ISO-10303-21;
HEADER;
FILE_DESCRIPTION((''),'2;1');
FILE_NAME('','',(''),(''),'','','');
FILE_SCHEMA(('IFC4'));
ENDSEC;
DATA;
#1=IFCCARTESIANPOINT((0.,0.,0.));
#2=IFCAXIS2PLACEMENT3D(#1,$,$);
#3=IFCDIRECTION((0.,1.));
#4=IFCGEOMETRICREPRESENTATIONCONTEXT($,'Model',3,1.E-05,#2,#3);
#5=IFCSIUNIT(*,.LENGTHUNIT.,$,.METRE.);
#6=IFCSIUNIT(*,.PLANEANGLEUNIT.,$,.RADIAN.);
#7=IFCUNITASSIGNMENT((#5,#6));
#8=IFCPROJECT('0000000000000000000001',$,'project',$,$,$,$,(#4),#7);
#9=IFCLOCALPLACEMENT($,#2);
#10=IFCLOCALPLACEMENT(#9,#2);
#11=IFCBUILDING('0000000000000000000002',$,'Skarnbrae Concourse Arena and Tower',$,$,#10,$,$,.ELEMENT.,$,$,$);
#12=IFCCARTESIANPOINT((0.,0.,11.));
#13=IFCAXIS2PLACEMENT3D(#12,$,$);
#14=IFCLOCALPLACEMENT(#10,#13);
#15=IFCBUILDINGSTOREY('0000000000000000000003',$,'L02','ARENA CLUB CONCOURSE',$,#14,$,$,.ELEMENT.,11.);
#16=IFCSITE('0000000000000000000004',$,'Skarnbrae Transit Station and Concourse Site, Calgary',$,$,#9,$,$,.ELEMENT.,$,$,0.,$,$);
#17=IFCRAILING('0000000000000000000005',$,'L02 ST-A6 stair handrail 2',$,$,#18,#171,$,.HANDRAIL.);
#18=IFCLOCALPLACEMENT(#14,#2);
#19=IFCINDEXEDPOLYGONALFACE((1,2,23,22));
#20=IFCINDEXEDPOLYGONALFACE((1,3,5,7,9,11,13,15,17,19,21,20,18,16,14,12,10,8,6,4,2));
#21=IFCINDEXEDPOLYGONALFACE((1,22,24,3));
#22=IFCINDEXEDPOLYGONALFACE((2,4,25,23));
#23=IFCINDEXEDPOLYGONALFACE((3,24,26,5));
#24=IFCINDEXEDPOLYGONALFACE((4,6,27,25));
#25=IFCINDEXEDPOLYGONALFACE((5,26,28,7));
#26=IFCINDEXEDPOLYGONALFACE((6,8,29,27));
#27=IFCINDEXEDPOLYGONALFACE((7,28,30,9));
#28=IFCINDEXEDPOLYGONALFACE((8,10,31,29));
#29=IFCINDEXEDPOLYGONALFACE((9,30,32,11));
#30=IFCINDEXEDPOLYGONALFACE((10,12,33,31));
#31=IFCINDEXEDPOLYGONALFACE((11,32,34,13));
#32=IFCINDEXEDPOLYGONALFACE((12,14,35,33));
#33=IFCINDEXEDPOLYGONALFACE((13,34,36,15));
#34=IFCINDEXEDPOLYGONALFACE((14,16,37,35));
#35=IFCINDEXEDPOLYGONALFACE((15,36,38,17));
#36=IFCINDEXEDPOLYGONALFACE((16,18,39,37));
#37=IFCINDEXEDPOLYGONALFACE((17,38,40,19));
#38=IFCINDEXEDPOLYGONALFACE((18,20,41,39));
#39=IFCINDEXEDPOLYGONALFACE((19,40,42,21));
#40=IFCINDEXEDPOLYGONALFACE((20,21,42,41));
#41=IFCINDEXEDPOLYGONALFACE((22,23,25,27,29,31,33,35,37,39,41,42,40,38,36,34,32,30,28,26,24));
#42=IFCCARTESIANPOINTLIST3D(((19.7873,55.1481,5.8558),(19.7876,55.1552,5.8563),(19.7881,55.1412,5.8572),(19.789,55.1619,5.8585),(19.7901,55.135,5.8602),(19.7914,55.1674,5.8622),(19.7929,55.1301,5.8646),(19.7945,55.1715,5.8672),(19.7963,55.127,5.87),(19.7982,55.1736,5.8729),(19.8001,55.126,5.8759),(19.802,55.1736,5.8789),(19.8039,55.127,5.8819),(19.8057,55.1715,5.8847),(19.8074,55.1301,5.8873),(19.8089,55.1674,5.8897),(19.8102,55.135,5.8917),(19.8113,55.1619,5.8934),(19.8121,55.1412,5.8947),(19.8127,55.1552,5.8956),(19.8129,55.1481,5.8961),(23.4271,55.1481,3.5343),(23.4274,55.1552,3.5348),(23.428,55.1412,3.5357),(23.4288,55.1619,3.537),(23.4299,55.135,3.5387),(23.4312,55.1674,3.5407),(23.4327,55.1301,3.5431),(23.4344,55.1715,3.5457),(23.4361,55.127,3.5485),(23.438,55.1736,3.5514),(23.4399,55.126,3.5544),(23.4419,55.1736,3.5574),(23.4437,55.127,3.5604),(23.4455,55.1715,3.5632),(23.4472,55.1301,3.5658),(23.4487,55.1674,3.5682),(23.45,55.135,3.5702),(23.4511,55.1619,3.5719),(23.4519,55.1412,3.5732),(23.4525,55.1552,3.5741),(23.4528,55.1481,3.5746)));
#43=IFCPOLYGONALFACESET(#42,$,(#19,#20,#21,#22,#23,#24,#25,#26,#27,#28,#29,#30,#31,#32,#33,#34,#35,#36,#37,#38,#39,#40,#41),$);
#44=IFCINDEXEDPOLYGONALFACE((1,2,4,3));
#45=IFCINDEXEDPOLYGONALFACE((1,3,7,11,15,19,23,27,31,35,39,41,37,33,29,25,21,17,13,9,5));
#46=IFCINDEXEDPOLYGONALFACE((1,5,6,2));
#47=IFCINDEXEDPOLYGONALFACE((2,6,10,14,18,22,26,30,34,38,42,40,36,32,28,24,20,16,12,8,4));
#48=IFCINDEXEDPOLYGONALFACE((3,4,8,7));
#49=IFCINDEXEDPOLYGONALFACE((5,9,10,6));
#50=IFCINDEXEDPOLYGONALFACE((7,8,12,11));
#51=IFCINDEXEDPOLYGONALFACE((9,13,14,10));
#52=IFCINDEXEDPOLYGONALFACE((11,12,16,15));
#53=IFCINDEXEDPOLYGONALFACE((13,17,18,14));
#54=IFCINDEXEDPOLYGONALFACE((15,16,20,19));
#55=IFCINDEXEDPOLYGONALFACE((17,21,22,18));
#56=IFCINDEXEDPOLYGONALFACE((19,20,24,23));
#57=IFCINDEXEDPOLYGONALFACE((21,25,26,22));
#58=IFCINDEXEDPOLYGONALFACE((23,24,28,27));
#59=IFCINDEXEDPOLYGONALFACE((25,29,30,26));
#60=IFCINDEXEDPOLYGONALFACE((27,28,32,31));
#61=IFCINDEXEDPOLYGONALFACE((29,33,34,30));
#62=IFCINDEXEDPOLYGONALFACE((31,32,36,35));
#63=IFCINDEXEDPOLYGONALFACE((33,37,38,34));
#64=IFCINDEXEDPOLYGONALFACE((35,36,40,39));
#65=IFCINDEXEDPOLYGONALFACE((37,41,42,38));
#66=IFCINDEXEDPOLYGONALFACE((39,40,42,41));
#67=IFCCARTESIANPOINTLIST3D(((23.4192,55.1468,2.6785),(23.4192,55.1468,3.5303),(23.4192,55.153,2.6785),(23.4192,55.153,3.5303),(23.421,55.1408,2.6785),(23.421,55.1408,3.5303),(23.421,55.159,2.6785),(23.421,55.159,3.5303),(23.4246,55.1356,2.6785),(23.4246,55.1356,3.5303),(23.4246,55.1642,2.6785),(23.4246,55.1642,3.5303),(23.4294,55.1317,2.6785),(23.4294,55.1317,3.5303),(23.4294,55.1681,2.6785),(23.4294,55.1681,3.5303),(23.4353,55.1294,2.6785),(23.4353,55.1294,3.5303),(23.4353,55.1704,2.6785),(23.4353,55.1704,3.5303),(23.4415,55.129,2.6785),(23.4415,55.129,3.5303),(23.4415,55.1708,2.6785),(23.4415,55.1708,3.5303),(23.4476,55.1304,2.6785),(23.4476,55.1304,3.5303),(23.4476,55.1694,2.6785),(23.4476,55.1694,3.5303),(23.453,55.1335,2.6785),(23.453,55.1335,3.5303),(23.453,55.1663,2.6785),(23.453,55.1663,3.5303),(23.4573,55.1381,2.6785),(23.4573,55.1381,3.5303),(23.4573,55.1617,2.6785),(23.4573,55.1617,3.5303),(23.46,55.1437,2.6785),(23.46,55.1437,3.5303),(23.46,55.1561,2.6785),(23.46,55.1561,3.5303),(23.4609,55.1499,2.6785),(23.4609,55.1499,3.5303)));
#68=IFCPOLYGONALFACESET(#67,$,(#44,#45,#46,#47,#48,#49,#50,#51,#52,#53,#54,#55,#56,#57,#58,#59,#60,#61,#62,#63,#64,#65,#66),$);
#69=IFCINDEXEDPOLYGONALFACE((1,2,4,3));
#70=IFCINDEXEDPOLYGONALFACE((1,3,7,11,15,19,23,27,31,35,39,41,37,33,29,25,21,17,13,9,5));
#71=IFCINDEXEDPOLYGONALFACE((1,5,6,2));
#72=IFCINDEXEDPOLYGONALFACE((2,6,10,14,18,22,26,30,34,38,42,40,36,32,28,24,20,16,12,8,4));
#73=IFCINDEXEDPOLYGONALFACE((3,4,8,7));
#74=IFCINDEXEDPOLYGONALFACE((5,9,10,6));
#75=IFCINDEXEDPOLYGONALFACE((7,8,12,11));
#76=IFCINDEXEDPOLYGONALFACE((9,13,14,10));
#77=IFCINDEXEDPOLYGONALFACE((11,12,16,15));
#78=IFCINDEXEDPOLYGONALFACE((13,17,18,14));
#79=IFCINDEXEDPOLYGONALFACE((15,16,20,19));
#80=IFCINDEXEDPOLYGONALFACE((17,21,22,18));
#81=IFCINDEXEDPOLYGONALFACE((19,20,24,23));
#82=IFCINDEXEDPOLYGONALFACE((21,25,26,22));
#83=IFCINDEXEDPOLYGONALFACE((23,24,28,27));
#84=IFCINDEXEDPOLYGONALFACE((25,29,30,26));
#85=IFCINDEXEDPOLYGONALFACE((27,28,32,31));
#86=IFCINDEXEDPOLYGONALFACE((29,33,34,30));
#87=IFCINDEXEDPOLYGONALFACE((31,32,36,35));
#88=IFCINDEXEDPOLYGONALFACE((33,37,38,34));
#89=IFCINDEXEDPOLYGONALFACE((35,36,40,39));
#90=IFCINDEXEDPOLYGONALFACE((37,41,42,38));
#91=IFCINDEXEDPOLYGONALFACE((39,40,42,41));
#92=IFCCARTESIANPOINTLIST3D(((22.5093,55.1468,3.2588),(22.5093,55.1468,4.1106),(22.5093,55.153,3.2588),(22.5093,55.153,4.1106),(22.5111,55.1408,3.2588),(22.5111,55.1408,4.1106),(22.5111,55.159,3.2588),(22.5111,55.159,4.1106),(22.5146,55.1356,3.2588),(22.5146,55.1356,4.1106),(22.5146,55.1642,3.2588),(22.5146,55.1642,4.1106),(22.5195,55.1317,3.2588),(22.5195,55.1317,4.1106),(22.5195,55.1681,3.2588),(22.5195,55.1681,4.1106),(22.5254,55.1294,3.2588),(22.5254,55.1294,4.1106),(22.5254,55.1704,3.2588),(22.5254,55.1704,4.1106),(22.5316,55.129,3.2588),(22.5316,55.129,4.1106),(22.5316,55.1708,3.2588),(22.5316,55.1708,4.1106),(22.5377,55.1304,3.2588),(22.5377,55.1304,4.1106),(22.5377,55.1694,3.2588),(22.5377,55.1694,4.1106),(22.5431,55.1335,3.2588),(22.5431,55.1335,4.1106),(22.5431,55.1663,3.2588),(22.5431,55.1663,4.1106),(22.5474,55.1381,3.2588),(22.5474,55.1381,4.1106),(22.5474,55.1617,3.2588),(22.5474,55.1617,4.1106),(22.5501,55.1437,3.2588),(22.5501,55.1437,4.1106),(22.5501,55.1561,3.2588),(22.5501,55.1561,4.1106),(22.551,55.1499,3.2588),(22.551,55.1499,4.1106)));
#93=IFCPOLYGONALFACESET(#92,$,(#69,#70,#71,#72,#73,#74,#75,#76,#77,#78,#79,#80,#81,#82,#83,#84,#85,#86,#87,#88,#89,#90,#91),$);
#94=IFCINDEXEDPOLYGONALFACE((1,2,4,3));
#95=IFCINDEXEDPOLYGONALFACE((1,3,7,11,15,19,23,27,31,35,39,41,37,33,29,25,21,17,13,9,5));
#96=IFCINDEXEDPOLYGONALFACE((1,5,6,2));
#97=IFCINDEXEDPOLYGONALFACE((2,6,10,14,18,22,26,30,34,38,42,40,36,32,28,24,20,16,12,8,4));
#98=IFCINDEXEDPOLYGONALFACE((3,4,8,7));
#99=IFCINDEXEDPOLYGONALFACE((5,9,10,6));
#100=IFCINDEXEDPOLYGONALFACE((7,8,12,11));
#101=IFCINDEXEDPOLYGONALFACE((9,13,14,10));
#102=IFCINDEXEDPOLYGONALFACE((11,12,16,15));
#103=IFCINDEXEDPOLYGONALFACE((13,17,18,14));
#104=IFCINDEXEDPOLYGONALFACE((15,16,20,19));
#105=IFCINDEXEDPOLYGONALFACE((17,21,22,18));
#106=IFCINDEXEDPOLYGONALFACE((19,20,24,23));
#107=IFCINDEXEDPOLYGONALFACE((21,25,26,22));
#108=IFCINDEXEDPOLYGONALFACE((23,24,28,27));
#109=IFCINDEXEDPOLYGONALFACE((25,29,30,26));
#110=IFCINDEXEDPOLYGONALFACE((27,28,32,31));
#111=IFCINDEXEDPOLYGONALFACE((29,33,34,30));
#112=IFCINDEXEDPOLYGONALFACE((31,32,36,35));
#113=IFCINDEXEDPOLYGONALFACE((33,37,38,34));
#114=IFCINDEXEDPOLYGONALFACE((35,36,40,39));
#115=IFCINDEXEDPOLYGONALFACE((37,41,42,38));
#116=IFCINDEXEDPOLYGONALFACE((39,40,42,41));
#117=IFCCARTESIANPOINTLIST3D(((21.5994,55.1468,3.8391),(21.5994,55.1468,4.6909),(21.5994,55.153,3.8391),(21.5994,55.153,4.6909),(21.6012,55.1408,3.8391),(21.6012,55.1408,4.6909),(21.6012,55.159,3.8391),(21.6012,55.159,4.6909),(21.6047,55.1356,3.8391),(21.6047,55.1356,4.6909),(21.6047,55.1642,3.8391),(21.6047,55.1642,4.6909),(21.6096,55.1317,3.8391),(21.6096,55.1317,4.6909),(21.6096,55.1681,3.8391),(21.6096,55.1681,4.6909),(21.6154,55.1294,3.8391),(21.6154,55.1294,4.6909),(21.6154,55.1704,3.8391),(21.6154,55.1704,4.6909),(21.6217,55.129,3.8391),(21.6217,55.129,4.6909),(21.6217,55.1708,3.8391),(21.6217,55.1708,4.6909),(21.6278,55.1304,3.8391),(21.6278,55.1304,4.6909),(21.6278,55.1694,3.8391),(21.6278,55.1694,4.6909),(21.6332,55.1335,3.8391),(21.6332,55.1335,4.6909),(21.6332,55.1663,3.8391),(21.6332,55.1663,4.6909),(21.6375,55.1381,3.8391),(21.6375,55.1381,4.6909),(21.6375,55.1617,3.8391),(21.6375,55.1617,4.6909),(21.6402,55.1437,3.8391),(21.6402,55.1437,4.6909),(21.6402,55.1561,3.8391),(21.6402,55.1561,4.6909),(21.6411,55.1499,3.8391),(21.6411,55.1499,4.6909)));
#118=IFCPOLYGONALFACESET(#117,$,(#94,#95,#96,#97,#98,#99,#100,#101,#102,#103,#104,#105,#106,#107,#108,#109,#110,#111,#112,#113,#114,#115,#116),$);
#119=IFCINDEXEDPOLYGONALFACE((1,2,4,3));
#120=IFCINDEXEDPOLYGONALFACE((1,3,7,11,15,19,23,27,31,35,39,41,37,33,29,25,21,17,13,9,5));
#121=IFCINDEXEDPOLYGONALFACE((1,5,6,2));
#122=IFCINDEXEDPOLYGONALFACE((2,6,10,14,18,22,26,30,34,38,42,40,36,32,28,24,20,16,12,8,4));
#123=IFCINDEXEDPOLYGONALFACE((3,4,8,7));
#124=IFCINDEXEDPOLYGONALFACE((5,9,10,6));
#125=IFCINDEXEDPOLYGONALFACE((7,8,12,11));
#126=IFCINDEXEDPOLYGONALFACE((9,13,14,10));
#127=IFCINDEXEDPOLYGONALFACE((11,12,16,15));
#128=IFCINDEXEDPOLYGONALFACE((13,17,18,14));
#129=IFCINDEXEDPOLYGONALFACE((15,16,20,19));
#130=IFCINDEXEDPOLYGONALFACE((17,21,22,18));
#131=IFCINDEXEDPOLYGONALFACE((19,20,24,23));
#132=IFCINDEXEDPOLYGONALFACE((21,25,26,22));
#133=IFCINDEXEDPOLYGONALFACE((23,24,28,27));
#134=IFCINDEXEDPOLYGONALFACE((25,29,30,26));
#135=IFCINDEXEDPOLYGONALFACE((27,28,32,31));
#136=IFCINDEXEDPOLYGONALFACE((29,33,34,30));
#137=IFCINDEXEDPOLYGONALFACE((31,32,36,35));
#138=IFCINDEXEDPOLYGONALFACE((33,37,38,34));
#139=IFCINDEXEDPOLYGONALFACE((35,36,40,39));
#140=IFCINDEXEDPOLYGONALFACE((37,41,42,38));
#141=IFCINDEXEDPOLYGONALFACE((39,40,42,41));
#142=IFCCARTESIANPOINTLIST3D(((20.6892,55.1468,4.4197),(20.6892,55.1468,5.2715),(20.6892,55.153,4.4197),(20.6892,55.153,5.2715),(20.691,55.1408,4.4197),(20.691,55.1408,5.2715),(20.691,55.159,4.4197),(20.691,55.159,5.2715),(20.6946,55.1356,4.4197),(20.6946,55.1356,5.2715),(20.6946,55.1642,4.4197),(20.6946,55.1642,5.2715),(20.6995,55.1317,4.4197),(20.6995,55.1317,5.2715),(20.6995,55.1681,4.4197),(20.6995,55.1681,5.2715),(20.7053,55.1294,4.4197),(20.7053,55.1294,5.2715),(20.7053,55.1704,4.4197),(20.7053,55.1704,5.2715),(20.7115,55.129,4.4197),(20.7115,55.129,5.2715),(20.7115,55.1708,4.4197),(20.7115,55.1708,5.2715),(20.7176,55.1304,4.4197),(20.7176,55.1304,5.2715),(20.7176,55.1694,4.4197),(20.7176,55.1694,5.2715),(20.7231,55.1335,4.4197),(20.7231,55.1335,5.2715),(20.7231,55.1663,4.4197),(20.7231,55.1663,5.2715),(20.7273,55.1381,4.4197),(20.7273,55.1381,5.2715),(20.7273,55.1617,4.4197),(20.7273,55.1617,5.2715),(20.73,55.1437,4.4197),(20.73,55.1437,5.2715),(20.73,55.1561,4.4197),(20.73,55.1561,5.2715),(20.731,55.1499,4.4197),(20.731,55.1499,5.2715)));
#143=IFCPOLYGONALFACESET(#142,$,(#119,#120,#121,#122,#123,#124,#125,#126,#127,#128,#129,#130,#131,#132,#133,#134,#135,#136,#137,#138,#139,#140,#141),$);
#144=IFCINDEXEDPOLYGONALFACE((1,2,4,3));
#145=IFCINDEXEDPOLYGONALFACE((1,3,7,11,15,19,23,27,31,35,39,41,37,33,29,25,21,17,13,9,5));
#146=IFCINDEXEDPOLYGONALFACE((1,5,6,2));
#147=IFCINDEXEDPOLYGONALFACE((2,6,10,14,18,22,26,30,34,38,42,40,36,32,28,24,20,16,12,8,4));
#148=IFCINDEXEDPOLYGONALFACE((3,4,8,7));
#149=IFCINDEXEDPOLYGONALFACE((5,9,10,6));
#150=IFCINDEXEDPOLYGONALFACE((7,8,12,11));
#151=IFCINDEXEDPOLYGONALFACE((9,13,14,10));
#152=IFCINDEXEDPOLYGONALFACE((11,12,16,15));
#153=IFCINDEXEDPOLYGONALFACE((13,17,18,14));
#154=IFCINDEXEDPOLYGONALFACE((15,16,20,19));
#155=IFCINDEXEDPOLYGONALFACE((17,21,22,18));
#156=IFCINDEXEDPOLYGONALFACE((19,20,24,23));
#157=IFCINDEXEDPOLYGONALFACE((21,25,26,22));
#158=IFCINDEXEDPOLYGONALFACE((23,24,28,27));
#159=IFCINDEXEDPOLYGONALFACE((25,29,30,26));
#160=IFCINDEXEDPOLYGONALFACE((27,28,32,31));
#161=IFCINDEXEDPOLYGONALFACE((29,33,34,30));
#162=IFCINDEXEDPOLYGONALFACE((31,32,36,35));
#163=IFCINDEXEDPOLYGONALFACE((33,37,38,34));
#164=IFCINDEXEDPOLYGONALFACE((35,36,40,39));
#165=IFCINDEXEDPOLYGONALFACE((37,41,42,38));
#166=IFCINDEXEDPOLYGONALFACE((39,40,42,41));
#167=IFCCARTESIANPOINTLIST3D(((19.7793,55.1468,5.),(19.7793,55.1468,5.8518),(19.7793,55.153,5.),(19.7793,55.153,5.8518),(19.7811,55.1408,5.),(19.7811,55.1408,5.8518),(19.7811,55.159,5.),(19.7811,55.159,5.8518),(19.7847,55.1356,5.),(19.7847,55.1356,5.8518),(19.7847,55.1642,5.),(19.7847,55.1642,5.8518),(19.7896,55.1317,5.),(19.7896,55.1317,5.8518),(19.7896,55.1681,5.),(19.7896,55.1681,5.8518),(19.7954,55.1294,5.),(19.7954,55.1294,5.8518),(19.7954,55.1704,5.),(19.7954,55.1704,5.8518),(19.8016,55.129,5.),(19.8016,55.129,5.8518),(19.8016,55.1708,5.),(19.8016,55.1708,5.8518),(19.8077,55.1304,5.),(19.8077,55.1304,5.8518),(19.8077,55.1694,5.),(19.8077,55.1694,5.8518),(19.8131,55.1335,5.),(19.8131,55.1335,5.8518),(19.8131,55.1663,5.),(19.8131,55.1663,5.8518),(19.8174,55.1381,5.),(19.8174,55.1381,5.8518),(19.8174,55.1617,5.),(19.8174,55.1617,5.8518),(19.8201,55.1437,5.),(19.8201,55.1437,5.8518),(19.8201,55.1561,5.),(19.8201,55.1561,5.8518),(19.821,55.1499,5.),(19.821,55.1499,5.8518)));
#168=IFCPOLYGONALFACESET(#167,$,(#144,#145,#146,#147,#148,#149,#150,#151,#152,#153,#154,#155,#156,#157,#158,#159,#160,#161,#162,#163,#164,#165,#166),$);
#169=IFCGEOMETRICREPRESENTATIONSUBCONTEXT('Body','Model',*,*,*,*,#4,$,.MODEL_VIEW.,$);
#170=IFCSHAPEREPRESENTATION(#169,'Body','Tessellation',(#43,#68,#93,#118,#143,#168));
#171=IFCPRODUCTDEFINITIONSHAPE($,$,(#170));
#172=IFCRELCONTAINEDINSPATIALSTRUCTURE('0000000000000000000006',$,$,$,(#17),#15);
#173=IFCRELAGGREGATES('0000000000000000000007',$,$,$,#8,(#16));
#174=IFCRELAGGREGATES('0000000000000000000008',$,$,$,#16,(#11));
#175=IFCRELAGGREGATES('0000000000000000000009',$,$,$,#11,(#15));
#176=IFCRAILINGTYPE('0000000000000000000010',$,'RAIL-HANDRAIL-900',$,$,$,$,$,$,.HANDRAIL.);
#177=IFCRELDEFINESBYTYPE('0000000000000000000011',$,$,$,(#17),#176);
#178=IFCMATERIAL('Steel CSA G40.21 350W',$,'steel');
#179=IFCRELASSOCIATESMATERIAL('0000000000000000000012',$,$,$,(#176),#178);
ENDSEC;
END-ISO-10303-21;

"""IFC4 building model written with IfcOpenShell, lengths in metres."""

from ifc_helpers import new_model, si_unit, direction, frame, origin, origin_2d, place, context, subcontext, project, spatial, circle, extrude, material, type_object, element, save


model = new_model("IFC4")

# Units and contexts
model_context = context("Model", 3, precision=1e-05, world=origin(), true_north=direction((0.0, 1.0)))
body_context = subcontext(model_context, "Body", "Model", "MODEL_VIEW")
ifc_project = project(units=[si_unit("LENGTHUNIT", "METRE"), si_unit("PLANEANGLEUNIT", "RADIAN")], contexts=[model_context])

# Site, building, storey
site_placement = place(None, origin())
site = spatial("IfcSite", under=ifc_project, at=site_placement, Name="Skarnbrae Transit Station and Concourse Site, Calgary", CompositionType="ELEMENT", RefElevation=0.0)
building_placement = place(site_placement, origin())
building = spatial("IfcBuilding", under=site, at=building_placement, Name="Skarnbrae Concourse Arena and Tower", CompositionType="ELEMENT")
storey_placement = place(building_placement, frame((0.0, 0.0, 11.0)))
storey = spatial("IfcBuildingStorey", under=building, at=storey_placement, Name="L02", Description="ARENA CLUB CONCOURSE", CompositionType="ELEMENT", Elevation=11.0)

# Shared definitions
ifc_material_1 = material(Name="Steel CSA G40.21 350W", Category="steel")

# Railing
railing_type_1 = type_object("IfcRailingType", Name="RAIL-HANDRAIL-900", PredefinedType="HANDRAIL", material=ifc_material_1)
railing_1_placement = place(storey_placement, frame((23.4399, 55.1499, 2.6785)))
element("IfcRailing", 1, at=railing_1_placement, inside=storey, type_object=railing_type_1, Name="L02 ST-A6 stair handrail 2", PredefinedType="HANDRAIL", context=body_context, shape_type="SweptSolid", body=[
    extrude(circle(Radius=0.0239, at=origin_2d()), frame((0.0, 0.0, 0.876), z_axis=(-0.843112, 0.0, 0.537739), x_axis=(0.0, -1.0, 0.0)), (0.0, 0.0, 1.0), 4.3171),
    extrude(circle(Radius=0.021, at=origin_2d()), origin(), (0.0, 0.0, 1.0), 0.8518),
    extrude(circle(Radius=0.021, at=origin_2d()), frame((-0.9099, 0.0, 0.5803)), (0.0, 0.0, 1.0), 0.8518),
    extrude(circle(Radius=0.021, at=origin_2d()), frame((-1.8198, 0.0, 1.1606)), (0.0, 0.0, 1.0), 0.8518),
    extrude(circle(Radius=0.021, at=origin_2d()), frame((-2.73, 0.0, 1.7412)), (0.0, 0.0, 1.0), 0.8518),
    extrude(circle(Radius=0.021, at=origin_2d()), frame((-3.6399, 0.0, 2.3215)), (0.0, 0.0, 1.0), 0.8518),
])

save(model, "model.ifc")
